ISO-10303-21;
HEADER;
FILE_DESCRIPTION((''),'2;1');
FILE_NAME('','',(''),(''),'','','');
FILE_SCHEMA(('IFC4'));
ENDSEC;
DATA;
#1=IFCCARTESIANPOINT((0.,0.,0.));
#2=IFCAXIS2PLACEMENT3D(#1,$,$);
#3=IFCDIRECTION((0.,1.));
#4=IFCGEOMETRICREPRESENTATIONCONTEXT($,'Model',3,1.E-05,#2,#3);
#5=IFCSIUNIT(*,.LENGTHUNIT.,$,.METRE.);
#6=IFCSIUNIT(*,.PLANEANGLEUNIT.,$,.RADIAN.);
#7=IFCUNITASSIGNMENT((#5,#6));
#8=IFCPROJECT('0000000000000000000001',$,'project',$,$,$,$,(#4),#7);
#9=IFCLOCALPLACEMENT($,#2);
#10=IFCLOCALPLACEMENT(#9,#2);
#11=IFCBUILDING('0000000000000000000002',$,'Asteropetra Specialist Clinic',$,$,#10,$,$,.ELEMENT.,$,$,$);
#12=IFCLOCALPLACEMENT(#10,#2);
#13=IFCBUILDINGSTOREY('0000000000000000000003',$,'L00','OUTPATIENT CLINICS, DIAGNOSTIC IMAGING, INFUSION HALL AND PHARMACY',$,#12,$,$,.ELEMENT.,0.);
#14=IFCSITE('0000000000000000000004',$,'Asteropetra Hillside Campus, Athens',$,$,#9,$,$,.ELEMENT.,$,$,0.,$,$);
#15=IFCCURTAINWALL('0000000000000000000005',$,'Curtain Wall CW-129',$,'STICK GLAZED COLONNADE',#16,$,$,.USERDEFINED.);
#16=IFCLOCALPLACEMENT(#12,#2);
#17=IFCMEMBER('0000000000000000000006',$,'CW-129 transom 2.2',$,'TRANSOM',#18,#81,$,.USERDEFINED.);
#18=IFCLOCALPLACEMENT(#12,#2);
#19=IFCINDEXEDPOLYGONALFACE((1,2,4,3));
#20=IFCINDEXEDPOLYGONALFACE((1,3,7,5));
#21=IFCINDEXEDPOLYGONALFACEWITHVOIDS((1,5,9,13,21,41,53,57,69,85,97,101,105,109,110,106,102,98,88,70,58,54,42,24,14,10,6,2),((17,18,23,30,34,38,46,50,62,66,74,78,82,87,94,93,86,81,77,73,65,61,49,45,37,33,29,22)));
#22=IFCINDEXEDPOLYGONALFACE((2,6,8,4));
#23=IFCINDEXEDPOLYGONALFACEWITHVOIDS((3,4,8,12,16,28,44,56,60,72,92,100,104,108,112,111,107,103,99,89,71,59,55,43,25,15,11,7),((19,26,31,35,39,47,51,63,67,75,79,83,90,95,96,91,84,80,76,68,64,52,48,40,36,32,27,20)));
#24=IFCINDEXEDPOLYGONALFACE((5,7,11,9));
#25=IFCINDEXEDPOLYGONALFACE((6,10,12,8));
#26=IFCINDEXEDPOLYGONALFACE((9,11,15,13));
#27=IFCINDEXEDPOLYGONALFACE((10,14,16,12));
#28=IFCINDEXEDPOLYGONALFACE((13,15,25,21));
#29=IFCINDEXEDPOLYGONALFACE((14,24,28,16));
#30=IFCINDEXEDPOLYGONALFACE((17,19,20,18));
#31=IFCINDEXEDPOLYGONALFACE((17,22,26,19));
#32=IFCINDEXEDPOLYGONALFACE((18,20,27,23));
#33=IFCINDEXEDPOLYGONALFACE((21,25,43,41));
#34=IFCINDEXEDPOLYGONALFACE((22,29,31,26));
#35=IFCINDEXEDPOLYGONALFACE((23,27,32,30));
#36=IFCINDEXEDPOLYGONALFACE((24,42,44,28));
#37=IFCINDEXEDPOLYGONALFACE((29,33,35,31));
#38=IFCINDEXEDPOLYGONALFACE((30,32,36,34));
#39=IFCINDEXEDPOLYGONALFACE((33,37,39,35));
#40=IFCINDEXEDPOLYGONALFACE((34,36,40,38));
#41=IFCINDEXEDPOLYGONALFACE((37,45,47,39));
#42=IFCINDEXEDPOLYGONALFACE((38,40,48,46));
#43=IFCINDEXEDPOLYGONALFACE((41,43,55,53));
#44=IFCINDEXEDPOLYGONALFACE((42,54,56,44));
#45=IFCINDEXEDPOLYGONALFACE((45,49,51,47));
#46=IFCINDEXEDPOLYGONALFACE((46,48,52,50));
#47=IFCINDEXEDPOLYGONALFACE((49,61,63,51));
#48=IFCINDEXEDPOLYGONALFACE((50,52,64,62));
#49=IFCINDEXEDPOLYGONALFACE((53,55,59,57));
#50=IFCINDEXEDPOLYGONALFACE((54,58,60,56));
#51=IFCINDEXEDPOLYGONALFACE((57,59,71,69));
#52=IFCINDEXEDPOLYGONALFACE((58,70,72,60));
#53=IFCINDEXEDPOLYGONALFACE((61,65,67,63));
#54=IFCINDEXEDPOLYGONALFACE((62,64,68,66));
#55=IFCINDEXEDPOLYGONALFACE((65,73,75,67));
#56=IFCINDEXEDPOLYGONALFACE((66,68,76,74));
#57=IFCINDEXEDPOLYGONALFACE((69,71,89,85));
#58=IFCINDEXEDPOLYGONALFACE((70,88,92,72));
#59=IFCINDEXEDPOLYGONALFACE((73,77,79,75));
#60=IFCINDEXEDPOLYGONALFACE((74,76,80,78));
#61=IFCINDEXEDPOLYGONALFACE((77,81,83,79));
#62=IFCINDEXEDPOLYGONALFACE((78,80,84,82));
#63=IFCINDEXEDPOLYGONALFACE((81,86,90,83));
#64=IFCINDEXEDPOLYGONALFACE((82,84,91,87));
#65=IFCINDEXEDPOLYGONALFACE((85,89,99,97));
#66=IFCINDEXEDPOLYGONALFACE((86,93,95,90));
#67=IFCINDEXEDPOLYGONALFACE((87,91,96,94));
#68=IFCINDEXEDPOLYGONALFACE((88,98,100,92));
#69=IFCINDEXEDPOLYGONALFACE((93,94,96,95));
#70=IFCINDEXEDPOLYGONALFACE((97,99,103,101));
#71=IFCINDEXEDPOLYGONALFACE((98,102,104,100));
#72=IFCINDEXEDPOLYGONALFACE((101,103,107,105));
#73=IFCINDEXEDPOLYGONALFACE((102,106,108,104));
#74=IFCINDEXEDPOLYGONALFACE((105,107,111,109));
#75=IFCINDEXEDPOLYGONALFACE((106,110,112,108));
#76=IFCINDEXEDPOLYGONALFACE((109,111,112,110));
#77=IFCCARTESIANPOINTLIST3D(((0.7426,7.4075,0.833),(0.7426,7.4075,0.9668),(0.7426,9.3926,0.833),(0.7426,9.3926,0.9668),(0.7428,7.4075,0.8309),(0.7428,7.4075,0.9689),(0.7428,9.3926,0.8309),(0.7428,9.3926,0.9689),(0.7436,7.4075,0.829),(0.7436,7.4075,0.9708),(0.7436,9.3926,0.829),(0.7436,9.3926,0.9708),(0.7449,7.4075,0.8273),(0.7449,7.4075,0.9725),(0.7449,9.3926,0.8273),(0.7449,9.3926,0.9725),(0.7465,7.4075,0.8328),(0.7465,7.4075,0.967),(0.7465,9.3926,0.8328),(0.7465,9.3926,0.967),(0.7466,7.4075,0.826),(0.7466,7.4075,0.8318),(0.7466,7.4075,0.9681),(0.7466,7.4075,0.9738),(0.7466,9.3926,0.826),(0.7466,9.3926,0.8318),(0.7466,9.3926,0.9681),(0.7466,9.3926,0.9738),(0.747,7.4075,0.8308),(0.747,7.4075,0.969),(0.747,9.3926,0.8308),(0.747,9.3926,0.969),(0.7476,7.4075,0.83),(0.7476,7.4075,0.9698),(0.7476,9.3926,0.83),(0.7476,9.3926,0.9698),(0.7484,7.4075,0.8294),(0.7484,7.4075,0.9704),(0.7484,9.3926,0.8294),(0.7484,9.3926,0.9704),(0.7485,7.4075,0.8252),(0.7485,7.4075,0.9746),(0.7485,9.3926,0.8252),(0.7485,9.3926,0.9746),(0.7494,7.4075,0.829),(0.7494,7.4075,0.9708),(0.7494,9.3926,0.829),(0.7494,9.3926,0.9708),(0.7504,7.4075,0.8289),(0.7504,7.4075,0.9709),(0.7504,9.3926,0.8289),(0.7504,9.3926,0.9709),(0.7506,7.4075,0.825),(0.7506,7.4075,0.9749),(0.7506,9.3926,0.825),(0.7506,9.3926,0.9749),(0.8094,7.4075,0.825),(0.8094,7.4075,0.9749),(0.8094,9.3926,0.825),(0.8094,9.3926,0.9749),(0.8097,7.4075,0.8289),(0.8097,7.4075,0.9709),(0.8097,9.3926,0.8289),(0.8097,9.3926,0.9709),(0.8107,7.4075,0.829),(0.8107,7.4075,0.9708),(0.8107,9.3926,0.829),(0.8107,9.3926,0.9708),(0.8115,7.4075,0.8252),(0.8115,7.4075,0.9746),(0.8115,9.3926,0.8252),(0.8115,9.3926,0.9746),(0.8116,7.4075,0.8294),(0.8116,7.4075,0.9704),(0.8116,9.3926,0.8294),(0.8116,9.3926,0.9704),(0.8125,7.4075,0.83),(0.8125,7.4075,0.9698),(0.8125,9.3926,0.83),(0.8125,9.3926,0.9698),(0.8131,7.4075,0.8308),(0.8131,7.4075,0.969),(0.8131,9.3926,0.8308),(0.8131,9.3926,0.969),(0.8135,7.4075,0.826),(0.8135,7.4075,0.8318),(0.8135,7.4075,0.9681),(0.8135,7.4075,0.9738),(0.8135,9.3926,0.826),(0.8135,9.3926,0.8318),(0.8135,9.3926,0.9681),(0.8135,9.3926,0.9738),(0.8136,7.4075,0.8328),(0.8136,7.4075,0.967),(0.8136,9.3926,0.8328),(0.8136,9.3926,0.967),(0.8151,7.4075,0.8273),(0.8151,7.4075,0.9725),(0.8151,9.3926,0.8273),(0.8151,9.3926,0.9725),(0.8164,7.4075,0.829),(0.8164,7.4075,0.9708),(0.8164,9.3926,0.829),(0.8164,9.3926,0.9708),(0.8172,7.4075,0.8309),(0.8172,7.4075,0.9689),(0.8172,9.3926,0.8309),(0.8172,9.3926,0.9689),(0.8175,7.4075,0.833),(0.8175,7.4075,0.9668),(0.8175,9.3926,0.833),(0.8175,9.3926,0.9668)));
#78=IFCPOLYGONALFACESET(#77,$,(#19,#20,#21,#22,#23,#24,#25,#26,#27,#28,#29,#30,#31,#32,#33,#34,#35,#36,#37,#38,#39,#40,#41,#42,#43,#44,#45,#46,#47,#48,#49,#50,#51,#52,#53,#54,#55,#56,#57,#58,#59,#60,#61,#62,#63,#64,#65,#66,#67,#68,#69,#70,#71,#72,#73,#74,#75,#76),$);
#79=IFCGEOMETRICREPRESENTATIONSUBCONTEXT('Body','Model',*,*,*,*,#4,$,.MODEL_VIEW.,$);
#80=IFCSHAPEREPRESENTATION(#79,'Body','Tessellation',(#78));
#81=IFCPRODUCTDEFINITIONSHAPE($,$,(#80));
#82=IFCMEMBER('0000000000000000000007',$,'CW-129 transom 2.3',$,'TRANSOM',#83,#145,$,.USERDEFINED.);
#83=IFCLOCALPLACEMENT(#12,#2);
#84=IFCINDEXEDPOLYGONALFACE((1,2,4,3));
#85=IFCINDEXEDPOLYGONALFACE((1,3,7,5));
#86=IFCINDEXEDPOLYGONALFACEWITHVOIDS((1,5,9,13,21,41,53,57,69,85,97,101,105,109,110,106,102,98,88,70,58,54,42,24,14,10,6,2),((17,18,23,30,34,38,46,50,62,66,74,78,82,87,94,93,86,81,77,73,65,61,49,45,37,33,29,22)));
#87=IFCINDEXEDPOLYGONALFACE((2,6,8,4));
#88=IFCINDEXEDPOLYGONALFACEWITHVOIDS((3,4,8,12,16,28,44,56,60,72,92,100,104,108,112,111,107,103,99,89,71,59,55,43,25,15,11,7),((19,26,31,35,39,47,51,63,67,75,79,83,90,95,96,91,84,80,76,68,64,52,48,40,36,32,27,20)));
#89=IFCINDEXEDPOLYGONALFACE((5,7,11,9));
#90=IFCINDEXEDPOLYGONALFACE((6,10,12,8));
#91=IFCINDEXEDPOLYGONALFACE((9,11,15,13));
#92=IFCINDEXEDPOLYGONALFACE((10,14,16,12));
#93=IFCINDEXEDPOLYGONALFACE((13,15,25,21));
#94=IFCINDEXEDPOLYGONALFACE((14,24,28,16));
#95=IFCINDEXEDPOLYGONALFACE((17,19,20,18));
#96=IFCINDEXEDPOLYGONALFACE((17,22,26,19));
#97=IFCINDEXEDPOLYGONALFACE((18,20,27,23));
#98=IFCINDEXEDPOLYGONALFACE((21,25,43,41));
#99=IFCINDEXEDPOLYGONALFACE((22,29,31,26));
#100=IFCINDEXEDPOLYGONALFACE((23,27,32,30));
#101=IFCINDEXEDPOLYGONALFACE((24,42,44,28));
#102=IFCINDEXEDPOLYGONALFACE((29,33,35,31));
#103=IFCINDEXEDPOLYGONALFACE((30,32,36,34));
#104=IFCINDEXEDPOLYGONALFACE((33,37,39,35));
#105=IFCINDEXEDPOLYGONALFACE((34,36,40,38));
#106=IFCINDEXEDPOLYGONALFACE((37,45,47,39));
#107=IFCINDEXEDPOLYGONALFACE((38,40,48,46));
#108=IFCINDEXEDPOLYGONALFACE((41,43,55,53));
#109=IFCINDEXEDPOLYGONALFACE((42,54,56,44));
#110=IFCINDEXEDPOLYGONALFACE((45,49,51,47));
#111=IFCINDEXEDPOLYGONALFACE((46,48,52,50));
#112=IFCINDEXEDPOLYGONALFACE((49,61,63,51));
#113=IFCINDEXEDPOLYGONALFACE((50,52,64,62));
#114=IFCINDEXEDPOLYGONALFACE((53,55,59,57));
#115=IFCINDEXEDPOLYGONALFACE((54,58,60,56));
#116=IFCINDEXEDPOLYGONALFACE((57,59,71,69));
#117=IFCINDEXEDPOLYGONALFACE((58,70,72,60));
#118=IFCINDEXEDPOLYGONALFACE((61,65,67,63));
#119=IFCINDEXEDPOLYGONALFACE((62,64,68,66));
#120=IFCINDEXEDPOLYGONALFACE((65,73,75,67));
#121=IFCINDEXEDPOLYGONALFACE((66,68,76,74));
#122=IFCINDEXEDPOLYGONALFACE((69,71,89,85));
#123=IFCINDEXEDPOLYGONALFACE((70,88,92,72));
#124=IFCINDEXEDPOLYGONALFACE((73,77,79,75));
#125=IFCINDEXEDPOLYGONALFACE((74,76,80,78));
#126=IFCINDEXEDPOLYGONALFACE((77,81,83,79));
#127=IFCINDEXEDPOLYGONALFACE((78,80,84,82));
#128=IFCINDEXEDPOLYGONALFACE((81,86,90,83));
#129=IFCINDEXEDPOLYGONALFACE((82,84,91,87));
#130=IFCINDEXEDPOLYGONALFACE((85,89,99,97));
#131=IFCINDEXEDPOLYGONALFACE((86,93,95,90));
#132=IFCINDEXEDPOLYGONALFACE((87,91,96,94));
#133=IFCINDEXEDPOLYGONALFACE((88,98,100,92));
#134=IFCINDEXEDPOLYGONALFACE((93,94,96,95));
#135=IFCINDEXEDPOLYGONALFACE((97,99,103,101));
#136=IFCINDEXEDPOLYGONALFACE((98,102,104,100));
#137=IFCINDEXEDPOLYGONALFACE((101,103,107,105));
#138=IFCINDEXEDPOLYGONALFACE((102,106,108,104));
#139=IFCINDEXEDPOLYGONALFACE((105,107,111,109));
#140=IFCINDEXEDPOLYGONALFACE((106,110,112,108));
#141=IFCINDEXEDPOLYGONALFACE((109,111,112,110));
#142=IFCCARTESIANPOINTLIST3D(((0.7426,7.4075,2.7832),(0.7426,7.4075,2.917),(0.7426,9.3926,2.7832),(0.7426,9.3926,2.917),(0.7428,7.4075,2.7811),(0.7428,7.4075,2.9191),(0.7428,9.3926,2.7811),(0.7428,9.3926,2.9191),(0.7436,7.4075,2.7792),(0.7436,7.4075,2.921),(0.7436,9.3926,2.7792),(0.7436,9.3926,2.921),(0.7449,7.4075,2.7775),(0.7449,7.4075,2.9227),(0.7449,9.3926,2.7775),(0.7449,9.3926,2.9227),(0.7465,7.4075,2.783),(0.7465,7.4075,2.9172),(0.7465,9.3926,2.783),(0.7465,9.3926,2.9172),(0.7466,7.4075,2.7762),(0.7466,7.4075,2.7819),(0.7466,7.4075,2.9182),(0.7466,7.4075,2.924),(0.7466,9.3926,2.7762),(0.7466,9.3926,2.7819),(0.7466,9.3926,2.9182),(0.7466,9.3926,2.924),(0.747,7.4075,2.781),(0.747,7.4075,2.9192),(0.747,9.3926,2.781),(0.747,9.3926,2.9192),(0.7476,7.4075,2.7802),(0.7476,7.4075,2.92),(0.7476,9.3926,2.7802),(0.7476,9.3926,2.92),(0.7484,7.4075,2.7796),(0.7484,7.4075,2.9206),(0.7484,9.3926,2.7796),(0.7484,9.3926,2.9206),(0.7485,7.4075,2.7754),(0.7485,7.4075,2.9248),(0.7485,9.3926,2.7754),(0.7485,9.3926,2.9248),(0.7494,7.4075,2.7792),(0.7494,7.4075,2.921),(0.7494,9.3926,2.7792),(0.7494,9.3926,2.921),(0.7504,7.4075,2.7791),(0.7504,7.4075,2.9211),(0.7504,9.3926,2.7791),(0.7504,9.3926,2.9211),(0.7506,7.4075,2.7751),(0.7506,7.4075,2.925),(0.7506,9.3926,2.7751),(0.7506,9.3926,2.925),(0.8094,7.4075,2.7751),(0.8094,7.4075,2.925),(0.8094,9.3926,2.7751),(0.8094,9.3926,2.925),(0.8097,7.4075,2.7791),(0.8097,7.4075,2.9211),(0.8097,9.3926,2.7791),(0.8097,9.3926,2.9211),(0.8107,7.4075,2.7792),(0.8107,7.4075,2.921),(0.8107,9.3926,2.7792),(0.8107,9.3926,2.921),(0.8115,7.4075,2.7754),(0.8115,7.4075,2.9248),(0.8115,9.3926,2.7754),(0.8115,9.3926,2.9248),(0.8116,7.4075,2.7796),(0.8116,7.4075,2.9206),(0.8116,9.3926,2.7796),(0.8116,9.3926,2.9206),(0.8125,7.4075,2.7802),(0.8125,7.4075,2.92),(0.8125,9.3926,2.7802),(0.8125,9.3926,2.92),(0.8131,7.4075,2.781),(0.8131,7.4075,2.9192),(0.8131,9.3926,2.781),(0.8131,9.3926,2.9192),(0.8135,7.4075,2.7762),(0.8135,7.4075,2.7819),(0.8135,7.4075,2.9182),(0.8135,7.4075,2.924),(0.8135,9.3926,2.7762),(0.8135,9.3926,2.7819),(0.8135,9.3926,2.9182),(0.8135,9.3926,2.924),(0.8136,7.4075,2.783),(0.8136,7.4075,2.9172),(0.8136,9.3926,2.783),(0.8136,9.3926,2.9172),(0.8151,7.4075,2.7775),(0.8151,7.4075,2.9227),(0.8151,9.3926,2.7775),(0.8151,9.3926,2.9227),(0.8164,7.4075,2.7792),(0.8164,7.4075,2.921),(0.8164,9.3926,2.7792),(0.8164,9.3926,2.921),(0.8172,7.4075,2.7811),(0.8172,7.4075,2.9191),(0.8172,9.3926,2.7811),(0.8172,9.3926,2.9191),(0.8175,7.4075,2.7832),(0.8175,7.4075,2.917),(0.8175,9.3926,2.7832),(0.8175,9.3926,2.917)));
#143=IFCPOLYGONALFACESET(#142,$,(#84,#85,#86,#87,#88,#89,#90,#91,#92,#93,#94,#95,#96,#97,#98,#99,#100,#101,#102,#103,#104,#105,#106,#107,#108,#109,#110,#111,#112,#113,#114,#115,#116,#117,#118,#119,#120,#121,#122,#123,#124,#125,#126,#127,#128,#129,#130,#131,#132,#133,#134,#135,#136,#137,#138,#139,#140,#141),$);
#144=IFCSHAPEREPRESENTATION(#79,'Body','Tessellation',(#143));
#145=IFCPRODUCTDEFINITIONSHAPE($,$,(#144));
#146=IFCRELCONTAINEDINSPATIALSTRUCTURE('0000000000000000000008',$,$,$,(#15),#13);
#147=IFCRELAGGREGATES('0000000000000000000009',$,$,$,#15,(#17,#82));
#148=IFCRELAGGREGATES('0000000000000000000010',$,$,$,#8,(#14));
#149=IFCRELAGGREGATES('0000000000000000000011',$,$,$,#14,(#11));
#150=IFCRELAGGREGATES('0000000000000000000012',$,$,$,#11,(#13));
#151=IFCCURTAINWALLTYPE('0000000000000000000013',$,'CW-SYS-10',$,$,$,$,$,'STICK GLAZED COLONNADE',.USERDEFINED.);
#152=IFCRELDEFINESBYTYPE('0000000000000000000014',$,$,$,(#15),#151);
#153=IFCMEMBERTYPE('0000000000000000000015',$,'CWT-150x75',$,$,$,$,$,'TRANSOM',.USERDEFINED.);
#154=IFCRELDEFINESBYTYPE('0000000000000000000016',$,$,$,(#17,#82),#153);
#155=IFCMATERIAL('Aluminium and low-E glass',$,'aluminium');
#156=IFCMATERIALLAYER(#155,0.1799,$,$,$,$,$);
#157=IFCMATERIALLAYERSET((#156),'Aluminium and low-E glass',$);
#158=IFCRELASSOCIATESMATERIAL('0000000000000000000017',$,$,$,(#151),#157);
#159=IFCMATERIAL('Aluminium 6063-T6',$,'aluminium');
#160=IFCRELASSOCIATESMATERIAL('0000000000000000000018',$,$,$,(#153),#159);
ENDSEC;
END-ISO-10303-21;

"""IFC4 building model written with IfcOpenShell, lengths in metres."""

from ifc_helpers import new_model, si_unit, direction, frame, origin, origin_2d, place, context, subcontext, project, spatial, hollow_rectangle, extrude, material, layer, layer_set, material_profile, profile_set, type_object, element, aggregate, save


model = new_model("IFC4")

# Units and contexts
model_context = context("Model", 3, precision=1e-05, world=origin(), true_north=direction((0.0, 1.0)))
body_context = subcontext(model_context, "Body", "Model", "MODEL_VIEW")
ifc_project = project(units=[si_unit("LENGTHUNIT", "METRE"), si_unit("PLANEANGLEUNIT", "RADIAN")], contexts=[model_context])

# Site, building, storey
site_placement = place(None, origin())
site = spatial("IfcSite", under=ifc_project, at=site_placement, Name="Asteropetra Hillside Campus, Athens", CompositionType="ELEMENT", RefElevation=0.0)
building_placement = place(site_placement, origin())
building = spatial("IfcBuilding", under=site, at=building_placement, Name="Asteropetra Specialist Clinic", CompositionType="ELEMENT")
storey_placement = place(building_placement, origin())
storey = spatial("IfcBuildingStorey", under=building, at=storey_placement, Name="L00", Description="OUTPATIENT CLINICS, DIAGNOSTIC IMAGING, INFUSION HALL AND PHARMACY", CompositionType="ELEMENT", Elevation=0.0)

# Curtain wall
ifc_material_1 = material(Name="Aluminium and low-E glass", Category="aluminium")
ifc_layer_1 = layer(ifc_material_1, 0.1799)
ifc_layer_set_1 = layer_set([ifc_layer_1], Name="Aluminium and low-E glass")
curtain_wall_type = type_object("IfcCurtainWallType", Name="CW-SYS-10", ElementType="STICK GLAZED COLONNADE", PredefinedType="USERDEFINED", material=ifc_layer_set_1)
curtain_wall_1_placement = place(storey_placement, origin())
curtain_wall_1 = element("IfcCurtainWall", 1, at=curtain_wall_1_placement, inside=storey, type_object=curtain_wall_type, Name="Curtain Wall CW-129", ObjectType="STICK GLAZED COLONNADE", PredefinedType="USERDEFINED")

# Members
ifc_material_2 = material(Name="Aluminium 6063-T6", Category="aluminium")
ifc_material_profile_1 = material_profile(ifc_material_2, hollow_rectangle(XDim=0.075, YDim=0.1499, WallThickness=0.0039, InnerFilletRadius=0.0039, OuterFilletRadius=0.0081, at=origin_2d()), Name="TRN 150x75x4.0")
ifc_profile_set_1 = profile_set([ifc_material_profile_1], Name="Aluminium 6063-T6")
member_type_1 = type_object("IfcMemberType", Name="CWT-150x75", ElementType="TRANSOM", PredefinedType="USERDEFINED", material=ifc_profile_set_1)
member_1_placement = place(storey_placement, frame((0.78, 9.3926, 0.8999), z_axis=(0.0, -1.0, 0.0), x_axis=(1.0, 0.0, 0.0)))
member_1 = element("IfcMember", 2, at=member_1_placement, type_object=member_type_1, Name="CW-129 transom 2.2", ObjectType="TRANSOM", PredefinedType="USERDEFINED", context=body_context, shape_type="SweptSolid", body=[
    extrude(hollow_rectangle(XDim=0.075, YDim=0.1499, WallThickness=0.0039, InnerFilletRadius=0.0039, OuterFilletRadius=0.0081, at=origin_2d()), origin(), (0.0, 0.0, 1.0), 1.9851),
])
member_2_placement = place(storey_placement, frame((0.78, 9.3926, 2.8501), z_axis=(0.0, -1.0, 0.0), x_axis=(1.0, 0.0, 0.0)))
member_2 = element("IfcMember", 3, at=member_2_placement, type_object=member_type_1, Name="CW-129 transom 2.3", ObjectType="TRANSOM", PredefinedType="USERDEFINED", context=body_context, shape_type="SweptSolid", body=[
    extrude(hollow_rectangle(XDim=0.075, YDim=0.1499, WallThickness=0.0039, InnerFilletRadius=0.0039, OuterFilletRadius=0.0081, at=origin_2d()), origin(), (0.0, 0.0, 1.0), 1.9851),
])

aggregate(curtain_wall_1, [member_1, member_2])

save(model, "model.ifc")
